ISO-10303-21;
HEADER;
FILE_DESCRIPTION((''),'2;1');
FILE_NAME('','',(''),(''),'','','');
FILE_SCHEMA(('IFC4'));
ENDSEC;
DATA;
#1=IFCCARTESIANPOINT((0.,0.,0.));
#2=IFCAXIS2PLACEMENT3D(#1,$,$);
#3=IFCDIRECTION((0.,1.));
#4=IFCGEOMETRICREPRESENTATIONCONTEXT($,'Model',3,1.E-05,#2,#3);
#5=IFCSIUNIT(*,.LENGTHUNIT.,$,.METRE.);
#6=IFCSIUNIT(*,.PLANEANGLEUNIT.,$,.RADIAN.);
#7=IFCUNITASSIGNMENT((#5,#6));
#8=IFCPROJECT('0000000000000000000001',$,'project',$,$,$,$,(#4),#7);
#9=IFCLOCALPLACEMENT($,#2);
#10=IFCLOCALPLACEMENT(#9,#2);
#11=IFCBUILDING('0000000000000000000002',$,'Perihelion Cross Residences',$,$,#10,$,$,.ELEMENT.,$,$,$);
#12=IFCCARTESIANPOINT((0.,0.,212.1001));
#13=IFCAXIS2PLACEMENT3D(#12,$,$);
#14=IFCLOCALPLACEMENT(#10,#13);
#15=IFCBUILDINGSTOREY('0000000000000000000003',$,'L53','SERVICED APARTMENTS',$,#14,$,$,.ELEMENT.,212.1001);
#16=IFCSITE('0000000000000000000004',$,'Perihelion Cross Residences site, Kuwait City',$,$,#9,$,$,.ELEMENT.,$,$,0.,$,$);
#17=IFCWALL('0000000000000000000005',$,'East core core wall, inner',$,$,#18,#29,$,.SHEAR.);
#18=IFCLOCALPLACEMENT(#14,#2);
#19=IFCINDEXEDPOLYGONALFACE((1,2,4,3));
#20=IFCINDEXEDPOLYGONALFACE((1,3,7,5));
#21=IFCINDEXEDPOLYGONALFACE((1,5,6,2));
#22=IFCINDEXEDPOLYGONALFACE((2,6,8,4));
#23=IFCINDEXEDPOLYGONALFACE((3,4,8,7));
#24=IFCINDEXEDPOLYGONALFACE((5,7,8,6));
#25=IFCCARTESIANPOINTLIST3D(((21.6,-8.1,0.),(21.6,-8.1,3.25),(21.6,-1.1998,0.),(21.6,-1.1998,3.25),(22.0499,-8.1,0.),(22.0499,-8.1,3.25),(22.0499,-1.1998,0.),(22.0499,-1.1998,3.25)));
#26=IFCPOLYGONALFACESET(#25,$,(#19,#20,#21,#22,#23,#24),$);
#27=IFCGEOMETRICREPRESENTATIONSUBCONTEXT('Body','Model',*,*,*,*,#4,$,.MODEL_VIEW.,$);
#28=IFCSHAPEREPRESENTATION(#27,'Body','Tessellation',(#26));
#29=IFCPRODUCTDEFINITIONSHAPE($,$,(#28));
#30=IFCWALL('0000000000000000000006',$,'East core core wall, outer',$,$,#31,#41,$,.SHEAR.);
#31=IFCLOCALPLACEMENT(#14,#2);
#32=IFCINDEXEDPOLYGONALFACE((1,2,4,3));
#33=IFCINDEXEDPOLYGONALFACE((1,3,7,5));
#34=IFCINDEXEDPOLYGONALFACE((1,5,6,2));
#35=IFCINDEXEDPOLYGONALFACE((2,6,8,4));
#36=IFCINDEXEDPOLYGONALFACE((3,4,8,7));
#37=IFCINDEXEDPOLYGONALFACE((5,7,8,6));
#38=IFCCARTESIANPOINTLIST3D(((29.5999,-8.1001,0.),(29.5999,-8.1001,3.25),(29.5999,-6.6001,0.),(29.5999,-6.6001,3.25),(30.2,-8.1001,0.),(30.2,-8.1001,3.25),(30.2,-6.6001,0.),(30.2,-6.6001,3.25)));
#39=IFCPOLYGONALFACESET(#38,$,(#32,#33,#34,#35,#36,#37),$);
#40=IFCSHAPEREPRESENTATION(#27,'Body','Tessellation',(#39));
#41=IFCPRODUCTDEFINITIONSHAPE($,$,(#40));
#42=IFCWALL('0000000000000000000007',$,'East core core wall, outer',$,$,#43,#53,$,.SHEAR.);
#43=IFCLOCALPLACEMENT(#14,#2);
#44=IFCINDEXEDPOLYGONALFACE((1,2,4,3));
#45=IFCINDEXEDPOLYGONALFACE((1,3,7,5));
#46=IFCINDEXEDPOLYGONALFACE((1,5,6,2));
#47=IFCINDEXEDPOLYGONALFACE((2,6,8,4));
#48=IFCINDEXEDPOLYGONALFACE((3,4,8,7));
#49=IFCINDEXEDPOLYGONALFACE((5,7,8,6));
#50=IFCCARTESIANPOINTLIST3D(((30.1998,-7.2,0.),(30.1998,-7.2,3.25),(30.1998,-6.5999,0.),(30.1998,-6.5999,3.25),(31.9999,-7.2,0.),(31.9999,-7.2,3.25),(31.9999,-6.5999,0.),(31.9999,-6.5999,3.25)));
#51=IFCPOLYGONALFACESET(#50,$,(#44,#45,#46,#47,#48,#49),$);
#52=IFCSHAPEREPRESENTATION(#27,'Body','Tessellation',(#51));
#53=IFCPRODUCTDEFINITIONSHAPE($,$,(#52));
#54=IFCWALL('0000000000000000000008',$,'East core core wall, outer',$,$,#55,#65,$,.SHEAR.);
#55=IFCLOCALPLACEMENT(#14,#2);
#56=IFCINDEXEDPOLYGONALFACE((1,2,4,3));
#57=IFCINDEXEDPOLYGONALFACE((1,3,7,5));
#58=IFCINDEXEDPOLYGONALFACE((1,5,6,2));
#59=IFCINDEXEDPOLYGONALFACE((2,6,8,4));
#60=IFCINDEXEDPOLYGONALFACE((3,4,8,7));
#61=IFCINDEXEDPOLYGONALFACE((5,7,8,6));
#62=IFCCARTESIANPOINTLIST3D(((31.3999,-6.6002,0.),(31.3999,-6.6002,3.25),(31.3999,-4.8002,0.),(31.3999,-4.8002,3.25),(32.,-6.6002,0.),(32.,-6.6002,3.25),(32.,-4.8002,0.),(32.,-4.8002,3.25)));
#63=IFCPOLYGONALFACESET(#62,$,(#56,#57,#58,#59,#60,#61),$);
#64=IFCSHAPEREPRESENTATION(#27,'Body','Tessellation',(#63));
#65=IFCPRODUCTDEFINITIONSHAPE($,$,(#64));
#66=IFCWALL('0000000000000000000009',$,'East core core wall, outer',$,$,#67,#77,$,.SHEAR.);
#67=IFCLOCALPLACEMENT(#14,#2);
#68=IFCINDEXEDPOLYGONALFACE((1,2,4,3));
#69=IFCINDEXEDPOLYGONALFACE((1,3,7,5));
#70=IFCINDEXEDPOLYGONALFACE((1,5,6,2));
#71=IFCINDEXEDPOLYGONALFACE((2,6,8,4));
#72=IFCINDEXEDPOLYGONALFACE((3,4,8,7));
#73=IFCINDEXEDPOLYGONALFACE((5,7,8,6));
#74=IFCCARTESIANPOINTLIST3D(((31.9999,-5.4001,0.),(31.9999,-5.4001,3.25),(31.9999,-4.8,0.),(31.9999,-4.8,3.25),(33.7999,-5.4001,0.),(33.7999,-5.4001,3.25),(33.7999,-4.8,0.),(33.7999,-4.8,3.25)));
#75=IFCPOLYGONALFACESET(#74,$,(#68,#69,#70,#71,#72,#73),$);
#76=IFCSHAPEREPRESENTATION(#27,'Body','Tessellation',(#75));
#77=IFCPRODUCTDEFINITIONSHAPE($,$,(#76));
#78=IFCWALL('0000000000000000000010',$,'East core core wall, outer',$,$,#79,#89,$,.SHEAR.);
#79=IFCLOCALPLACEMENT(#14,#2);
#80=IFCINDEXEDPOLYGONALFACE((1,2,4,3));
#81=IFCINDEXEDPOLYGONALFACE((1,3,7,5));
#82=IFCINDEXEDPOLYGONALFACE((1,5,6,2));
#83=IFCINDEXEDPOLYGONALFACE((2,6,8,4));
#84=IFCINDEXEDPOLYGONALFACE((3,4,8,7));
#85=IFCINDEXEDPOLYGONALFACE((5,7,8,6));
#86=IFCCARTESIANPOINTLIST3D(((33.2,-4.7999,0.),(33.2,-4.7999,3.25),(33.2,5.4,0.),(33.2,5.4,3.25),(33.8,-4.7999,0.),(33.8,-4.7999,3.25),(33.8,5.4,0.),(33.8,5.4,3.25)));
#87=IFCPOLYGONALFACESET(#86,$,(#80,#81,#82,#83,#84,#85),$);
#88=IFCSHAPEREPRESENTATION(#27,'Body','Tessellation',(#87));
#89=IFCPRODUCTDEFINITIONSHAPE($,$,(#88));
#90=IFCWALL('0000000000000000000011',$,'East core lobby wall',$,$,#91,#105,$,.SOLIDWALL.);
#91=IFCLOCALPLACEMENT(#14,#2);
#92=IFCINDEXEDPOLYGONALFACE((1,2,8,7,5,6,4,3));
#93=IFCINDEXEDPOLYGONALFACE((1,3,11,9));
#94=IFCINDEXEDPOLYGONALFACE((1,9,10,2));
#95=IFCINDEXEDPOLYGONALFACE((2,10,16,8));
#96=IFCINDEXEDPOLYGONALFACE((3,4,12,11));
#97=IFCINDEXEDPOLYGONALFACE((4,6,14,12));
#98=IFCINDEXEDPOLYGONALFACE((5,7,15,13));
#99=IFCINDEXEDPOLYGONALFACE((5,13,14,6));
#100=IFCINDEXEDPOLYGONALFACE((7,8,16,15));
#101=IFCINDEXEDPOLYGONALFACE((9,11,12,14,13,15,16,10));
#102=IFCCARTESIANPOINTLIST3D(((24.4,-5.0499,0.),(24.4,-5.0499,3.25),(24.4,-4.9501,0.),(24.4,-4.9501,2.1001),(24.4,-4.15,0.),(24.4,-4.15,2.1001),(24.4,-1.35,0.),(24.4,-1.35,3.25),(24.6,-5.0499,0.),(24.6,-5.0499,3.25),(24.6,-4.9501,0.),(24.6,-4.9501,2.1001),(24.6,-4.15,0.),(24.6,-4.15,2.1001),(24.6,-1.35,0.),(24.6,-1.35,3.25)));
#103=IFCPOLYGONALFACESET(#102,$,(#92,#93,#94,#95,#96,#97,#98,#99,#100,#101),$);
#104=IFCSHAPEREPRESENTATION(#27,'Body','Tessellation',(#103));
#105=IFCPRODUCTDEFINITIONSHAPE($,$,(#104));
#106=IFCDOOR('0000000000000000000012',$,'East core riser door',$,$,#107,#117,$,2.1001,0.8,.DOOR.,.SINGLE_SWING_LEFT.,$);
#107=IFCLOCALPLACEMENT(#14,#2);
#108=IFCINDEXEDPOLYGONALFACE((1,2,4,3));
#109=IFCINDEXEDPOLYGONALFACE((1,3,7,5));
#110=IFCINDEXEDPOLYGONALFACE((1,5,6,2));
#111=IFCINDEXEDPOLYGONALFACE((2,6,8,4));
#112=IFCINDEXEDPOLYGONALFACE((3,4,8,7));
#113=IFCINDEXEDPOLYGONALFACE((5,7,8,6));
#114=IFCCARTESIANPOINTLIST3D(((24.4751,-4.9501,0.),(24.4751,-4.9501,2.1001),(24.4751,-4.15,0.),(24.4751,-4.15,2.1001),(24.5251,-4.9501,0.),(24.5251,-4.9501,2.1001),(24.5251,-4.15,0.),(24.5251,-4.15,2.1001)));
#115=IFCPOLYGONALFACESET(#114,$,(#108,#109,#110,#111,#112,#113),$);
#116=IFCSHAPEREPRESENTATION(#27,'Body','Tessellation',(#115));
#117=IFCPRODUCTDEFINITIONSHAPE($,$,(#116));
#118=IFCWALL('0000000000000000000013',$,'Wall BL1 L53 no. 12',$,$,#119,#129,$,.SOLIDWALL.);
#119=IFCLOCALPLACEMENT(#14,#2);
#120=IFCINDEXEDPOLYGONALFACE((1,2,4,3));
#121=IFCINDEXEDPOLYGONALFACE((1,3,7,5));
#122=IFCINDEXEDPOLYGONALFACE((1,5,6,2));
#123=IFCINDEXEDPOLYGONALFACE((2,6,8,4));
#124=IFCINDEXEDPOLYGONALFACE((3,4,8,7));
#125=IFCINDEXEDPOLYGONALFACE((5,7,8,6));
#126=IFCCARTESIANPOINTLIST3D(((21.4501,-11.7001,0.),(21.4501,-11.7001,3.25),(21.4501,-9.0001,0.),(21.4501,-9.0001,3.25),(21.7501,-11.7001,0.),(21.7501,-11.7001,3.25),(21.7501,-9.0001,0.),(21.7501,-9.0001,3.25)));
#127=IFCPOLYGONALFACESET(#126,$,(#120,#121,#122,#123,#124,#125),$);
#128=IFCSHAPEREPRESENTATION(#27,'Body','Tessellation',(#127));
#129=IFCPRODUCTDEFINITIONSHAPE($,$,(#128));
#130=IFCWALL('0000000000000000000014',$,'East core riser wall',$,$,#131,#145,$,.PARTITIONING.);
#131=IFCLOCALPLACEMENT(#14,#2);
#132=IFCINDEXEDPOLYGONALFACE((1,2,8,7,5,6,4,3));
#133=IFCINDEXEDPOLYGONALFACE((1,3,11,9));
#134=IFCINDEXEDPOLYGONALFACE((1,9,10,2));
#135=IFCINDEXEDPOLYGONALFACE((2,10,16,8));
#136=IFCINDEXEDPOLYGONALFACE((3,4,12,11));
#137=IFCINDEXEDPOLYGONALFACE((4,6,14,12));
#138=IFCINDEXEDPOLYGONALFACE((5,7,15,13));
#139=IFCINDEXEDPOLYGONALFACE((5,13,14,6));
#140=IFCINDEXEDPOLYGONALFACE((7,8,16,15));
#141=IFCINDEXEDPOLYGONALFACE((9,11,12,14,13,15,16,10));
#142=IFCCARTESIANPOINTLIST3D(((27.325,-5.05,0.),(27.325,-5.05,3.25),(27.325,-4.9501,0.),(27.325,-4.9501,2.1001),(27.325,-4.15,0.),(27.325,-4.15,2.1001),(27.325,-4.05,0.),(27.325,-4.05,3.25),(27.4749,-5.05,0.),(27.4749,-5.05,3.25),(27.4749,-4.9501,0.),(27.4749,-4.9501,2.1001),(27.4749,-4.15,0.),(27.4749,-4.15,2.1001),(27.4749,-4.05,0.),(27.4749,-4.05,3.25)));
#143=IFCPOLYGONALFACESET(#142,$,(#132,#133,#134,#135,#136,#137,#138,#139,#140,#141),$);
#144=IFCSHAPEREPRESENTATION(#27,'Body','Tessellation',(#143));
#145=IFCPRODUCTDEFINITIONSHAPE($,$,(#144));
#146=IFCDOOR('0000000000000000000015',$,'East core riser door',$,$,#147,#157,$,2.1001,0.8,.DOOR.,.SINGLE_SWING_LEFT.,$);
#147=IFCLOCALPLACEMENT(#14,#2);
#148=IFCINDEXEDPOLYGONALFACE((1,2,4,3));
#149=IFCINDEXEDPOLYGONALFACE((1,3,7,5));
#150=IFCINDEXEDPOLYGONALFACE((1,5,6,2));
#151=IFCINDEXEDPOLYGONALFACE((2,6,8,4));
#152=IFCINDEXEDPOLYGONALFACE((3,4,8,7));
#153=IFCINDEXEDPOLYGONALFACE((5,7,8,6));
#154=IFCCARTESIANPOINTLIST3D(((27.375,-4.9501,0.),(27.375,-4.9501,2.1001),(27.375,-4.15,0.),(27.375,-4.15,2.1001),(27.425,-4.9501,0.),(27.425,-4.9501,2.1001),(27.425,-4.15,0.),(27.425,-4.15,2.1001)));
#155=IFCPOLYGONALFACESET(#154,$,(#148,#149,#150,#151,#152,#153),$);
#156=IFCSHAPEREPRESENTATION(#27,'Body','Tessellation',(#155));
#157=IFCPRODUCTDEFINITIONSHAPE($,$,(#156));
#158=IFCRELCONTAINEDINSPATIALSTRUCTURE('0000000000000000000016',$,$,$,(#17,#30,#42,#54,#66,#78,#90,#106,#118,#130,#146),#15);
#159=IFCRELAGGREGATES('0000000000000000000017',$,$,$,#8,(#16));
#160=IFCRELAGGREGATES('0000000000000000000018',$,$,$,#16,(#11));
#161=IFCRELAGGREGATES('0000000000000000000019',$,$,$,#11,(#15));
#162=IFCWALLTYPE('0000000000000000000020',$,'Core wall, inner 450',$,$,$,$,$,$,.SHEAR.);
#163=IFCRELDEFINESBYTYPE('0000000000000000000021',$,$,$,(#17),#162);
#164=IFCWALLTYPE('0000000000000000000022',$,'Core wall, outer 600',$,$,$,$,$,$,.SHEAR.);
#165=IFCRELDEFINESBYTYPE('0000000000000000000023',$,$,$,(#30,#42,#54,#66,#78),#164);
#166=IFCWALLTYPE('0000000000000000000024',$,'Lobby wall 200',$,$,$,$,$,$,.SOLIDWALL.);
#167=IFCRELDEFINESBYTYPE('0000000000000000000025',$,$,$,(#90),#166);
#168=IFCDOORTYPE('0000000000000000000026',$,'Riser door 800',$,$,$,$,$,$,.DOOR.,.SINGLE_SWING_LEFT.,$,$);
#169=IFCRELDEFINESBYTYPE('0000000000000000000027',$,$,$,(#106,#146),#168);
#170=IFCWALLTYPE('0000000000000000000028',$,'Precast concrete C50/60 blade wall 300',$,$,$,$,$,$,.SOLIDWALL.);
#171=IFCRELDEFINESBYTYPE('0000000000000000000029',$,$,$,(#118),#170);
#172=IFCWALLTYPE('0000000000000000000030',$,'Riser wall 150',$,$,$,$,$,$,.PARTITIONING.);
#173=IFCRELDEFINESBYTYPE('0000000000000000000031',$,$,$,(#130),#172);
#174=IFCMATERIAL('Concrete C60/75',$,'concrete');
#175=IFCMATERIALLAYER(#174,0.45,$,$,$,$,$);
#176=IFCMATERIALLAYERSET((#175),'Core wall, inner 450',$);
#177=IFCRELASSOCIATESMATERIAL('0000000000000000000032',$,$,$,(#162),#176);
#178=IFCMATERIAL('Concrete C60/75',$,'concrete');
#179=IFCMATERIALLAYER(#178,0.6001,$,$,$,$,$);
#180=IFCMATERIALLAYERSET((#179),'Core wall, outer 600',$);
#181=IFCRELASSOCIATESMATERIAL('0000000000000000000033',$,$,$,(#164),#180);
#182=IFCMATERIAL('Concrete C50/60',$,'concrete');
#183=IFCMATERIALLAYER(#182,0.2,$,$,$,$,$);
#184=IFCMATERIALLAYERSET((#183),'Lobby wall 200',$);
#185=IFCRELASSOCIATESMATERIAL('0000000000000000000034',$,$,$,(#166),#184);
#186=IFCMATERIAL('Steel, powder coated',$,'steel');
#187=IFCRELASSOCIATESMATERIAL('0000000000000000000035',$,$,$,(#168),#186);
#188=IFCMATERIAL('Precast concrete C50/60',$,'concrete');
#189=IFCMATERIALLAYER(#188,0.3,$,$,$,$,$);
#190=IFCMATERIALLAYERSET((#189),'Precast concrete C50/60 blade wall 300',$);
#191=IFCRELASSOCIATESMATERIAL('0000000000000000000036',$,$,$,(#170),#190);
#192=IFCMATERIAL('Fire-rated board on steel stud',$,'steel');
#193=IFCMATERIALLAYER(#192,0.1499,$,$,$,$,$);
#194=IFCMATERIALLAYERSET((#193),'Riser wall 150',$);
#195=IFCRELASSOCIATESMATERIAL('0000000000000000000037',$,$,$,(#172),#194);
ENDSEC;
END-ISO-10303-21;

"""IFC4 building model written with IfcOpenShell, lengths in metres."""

from ifc_helpers import new_model, si_unit, direction, frame, frame_2d, origin, place, context, subcontext, project, spatial, rectangle, extrude, material, layer, layer_set, type_object, element, fill, save


model = new_model("IFC4")

# Units and contexts
model_context = context("Model", 3, precision=1e-05, world=origin(), true_north=direction((0.0, 1.0)))
body_context = subcontext(model_context, "Body", "Model", "MODEL_VIEW")
ifc_project = project(units=[si_unit("LENGTHUNIT", "METRE"), si_unit("PLANEANGLEUNIT", "RADIAN")], contexts=[model_context])

# Site, building, storey
site_placement = place(None, origin())
site = spatial("IfcSite", under=ifc_project, at=site_placement, Name="Perihelion Cross Residences site, Kuwait City", CompositionType="ELEMENT", RefElevation=0.0)
building_placement = place(site_placement, origin())
building = spatial("IfcBuilding", under=site, at=building_placement, Name="Perihelion Cross Residences", CompositionType="ELEMENT")
storey_placement = place(building_placement, frame((0.0, 0.0, 212.1001)))
storey = spatial("IfcBuildingStorey", under=building, at=storey_placement, Name="L53", Description="SERVICED APARTMENTS", CompositionType="ELEMENT", Elevation=212.1001)

# Walls
ifc_material_1 = material(Name="Concrete C60/75", Category="concrete")
ifc_layer_1 = layer(ifc_material_1, 0.45)
ifc_layer_set_1 = layer_set([ifc_layer_1], Name="Core wall, inner 450")
wall_type_1 = type_object("IfcWallType", Name="Core wall, inner 450", PredefinedType="SHEAR", material=ifc_layer_set_1)
wall_1_placement = place(storey_placement, frame((21.825, -8.1001, 0.0), z_axis=(0.0, 0.0, 1.0), x_axis=(0.0, 1.0, 0.0)))
element("IfcWall", 1, at=wall_1_placement, inside=storey, type_object=wall_type_1, Name="East core core wall, inner", PredefinedType="SHEAR", context=body_context, shape_type="SweptSolid", body=[
    extrude(rectangle(XDim=6.9001, YDim=0.45, at=frame_2d((3.4502, 0.0))), origin(), (0.0, 0.0, 1.0), 3.25),
])
ifc_material_2 = material(Name="Concrete C60/75", Category="concrete")
ifc_layer_2 = layer(ifc_material_2, 0.6001)
ifc_layer_set_2 = layer_set([ifc_layer_2], Name="Core wall, outer 600")
wall_type_2 = type_object("IfcWallType", Name="Core wall, outer 600", PredefinedType="SHEAR", material=ifc_layer_set_2)
wall_2_placement = place(storey_placement, frame((29.8999, -8.1001, 0.0), z_axis=(0.0, 0.0, 1.0), x_axis=(0.0, 1.0, 0.0)))
element("IfcWall", 2, at=wall_2_placement, inside=storey, type_object=wall_type_2, Name="East core core wall, outer", PredefinedType="SHEAR", context=body_context, shape_type="SweptSolid", body=[
    extrude(rectangle(XDim=1.5, YDim=0.6001, at=frame_2d((0.75, 0.0))), origin(), (0.0, 0.0, 1.0), 3.25),
])
for number, where, z_axis, x_axis, name in (
    (3, (30.2, -6.8999, 0.0), (0.0, 0.0, 1.0), (1.0, 0.0, 0.0), "East core core wall, outer"),
    (4, (31.7, -6.6001, 0.0), (0.0, 0.0, 1.0), (0.0, 1.0, 0.0), "East core core wall, outer"),
    (5, (32.0, -5.1001, 0.0), (0.0, 0.0, 1.0), (1.0, 0.0, 0.0), "East core core wall, outer"),
):
    element("IfcWall", number, at=place(storey_placement, frame(where, z_axis=z_axis, x_axis=x_axis)), inside=storey, type_object=wall_type_2, Name=name, PredefinedType="SHEAR", context=body_context, shape_type="SweptSolid", body=[
        extrude(rectangle(XDim=1.8, YDim=0.6001, at=frame_2d((0.8999, 0.0))), origin(), (0.0, 0.0, 1.0), 3.25),
    ])
wall_3_placement = place(storey_placement, frame((33.5, -4.8, 0.0), z_axis=(0.0, 0.0, 1.0), x_axis=(0.0, 1.0, 0.0)))
element("IfcWall", 6, at=wall_3_placement, inside=storey, type_object=wall_type_2, Name="East core core wall, outer", PredefinedType="SHEAR", context=body_context, shape_type="SweptSolid", body=[
    extrude(rectangle(XDim=10.2, YDim=0.6001, at=frame_2d((5.1001, 0.0))), origin(), (0.0, 0.0, 1.0), 3.25),
])

# Wall, opening, door
ifc_material_3 = material(Name="Concrete C50/60", Category="concrete")
ifc_layer_3 = layer(ifc_material_3, 0.2)
ifc_layer_set_3 = layer_set([ifc_layer_3], Name="Lobby wall 200")
wall_type_3 = type_object("IfcWallType", Name="Lobby wall 200", PredefinedType="SOLIDWALL", material=ifc_layer_set_3)
wall_4_placement = place(storey_placement, frame((24.5, -5.05, 0.0), z_axis=(0.0, 0.0, 1.0), x_axis=(0.0, 1.0, 0.0)))
wall_4 = element("IfcWall", 7, at=wall_4_placement, inside=storey, type_object=wall_type_3, Name="East core lobby wall", PredefinedType="SOLIDWALL", context=body_context, shape_type="SweptSolid", body=[
    extrude(rectangle(XDim=3.7, YDim=0.2, at=frame_2d((1.8501, 0.0))), origin(), (0.0, 0.0, 1.0), 3.25),
])
opening_1_placement = place(wall_4_placement, frame((0.1001, 0.0, 0.0)))
opening_1 = element("IfcOpeningElement", 8, at=opening_1_placement, cuts=wall_4, PredefinedType="OPENING", context=body_context, shape_type="SweptSolid", body=[
    extrude(rectangle(XDim=0.8, YDim=2.1001, at=frame_2d((0.3999, 1.05))), frame((0.0, 0.1099, 0.0), z_axis=(0.0, -1.0, 0.0), x_axis=(1.0, 0.0, 0.0)), (0.0, 0.0, 1.0), 0.22),
])
ifc_material_4 = material(Name="Steel, powder coated", Category="steel")
door_type_1 = type_object("IfcDoorType", Name="Riser door 800", OperationType="SINGLE_SWING_LEFT", PredefinedType="DOOR", material=ifc_material_4)
door_1_placement = place(opening_1_placement, origin())
door_1 = element("IfcDoor", 9, at=door_1_placement, inside=storey, type_object=door_type_1, Name="East core riser door", OperationType="SINGLE_SWING_LEFT", OverallHeight=2.1001, OverallWidth=0.8, PredefinedType="DOOR", context=body_context, shape_type="SweptSolid", body=[
    extrude(rectangle(XDim=0.8, YDim=2.1001, at=frame_2d((0.3999, 1.05))), frame((0.0, 0.0249, 0.0), z_axis=(0.0, -1.0, 0.0), x_axis=(1.0, 0.0, 0.0)), (0.0, 0.0, 1.0), 0.05),
])
fill(opening_1, door_1)

# Wall
ifc_material_5 = material(Name="Precast concrete C50/60", Category="concrete")
ifc_layer_4 = layer(ifc_material_5, 0.3)
ifc_layer_set_4 = layer_set([ifc_layer_4], Name="Precast concrete C50/60 blade wall 300")
wall_type_4 = type_object("IfcWallType", Name="Precast concrete C50/60 blade wall 300", PredefinedType="SOLIDWALL", material=ifc_layer_set_4)
wall_5_placement = place(storey_placement, frame((21.6001, -9.0, 0.0), z_axis=(0.0, 0.0, 1.0), x_axis=(0.0, -1.0, 0.0)))
element("IfcWall", 10, at=wall_5_placement, inside=storey, type_object=wall_type_4, Name="Wall BL1 L53 no. 12", PredefinedType="SOLIDWALL", context=body_context, shape_type="SweptSolid", body=[
    extrude(rectangle(XDim=2.7, YDim=0.3, at=frame_2d((1.3501, 0.0))), origin(), (0.0, 0.0, 1.0), 3.25),
])

# Wall, opening, door
ifc_material_6 = material(Name="Fire-rated board on steel stud", Category="steel")
ifc_layer_5 = layer(ifc_material_6, 0.1499)
ifc_layer_set_5 = layer_set([ifc_layer_5], Name="Riser wall 150")
wall_type_5 = type_object("IfcWallType", Name="Riser wall 150", PredefinedType="PARTITIONING", material=ifc_layer_set_5)
wall_6_placement = place(storey_placement, frame((27.3999, -5.05, 0.0), z_axis=(0.0, 0.0, 1.0), x_axis=(0.0, 1.0, 0.0)))
wall_6 = element("IfcWall", 11, at=wall_6_placement, inside=storey, type_object=wall_type_5, Name="East core riser wall", PredefinedType="PARTITIONING", context=body_context, shape_type="SweptSolid", body=[
    extrude(rectangle(XDim=1.0, YDim=0.1499, at=frame_2d((0.5, 0.0))), origin(), (0.0, 0.0, 1.0), 3.25),
])
opening_2_placement = place(wall_6_placement, frame((0.1001, 0.0, 0.0)))
opening_2 = element("IfcOpeningElement", 12, at=opening_2_placement, cuts=wall_6, PredefinedType="OPENING", context=body_context, shape_type="SweptSolid", body=[
    extrude(rectangle(XDim=0.8, YDim=2.1001, at=frame_2d((0.3999, 1.05))), frame((0.0, 0.085, 0.0), z_axis=(0.0, -1.0, 0.0), x_axis=(1.0, 0.0, 0.0)), (0.0, 0.0, 1.0), 0.1699),
])
door_2_placement = place(opening_2_placement, origin())
door_2 = element("IfcDoor", 13, at=door_2_placement, inside=storey, type_object=door_type_1, Name="East core riser door", OperationType="SINGLE_SWING_LEFT", OverallHeight=2.1001, OverallWidth=0.8, PredefinedType="DOOR", context=body_context, shape_type="SweptSolid", body=[
    extrude(rectangle(XDim=0.8, YDim=2.1001, at=frame_2d((0.3999, 1.05))), frame((0.0, 0.0249, 0.0), z_axis=(0.0, -1.0, 0.0), x_axis=(1.0, 0.0, 0.0)), (0.0, 0.0, 1.0), 0.05),
])
fill(opening_2, door_2)

save(model, "model.ifc")
